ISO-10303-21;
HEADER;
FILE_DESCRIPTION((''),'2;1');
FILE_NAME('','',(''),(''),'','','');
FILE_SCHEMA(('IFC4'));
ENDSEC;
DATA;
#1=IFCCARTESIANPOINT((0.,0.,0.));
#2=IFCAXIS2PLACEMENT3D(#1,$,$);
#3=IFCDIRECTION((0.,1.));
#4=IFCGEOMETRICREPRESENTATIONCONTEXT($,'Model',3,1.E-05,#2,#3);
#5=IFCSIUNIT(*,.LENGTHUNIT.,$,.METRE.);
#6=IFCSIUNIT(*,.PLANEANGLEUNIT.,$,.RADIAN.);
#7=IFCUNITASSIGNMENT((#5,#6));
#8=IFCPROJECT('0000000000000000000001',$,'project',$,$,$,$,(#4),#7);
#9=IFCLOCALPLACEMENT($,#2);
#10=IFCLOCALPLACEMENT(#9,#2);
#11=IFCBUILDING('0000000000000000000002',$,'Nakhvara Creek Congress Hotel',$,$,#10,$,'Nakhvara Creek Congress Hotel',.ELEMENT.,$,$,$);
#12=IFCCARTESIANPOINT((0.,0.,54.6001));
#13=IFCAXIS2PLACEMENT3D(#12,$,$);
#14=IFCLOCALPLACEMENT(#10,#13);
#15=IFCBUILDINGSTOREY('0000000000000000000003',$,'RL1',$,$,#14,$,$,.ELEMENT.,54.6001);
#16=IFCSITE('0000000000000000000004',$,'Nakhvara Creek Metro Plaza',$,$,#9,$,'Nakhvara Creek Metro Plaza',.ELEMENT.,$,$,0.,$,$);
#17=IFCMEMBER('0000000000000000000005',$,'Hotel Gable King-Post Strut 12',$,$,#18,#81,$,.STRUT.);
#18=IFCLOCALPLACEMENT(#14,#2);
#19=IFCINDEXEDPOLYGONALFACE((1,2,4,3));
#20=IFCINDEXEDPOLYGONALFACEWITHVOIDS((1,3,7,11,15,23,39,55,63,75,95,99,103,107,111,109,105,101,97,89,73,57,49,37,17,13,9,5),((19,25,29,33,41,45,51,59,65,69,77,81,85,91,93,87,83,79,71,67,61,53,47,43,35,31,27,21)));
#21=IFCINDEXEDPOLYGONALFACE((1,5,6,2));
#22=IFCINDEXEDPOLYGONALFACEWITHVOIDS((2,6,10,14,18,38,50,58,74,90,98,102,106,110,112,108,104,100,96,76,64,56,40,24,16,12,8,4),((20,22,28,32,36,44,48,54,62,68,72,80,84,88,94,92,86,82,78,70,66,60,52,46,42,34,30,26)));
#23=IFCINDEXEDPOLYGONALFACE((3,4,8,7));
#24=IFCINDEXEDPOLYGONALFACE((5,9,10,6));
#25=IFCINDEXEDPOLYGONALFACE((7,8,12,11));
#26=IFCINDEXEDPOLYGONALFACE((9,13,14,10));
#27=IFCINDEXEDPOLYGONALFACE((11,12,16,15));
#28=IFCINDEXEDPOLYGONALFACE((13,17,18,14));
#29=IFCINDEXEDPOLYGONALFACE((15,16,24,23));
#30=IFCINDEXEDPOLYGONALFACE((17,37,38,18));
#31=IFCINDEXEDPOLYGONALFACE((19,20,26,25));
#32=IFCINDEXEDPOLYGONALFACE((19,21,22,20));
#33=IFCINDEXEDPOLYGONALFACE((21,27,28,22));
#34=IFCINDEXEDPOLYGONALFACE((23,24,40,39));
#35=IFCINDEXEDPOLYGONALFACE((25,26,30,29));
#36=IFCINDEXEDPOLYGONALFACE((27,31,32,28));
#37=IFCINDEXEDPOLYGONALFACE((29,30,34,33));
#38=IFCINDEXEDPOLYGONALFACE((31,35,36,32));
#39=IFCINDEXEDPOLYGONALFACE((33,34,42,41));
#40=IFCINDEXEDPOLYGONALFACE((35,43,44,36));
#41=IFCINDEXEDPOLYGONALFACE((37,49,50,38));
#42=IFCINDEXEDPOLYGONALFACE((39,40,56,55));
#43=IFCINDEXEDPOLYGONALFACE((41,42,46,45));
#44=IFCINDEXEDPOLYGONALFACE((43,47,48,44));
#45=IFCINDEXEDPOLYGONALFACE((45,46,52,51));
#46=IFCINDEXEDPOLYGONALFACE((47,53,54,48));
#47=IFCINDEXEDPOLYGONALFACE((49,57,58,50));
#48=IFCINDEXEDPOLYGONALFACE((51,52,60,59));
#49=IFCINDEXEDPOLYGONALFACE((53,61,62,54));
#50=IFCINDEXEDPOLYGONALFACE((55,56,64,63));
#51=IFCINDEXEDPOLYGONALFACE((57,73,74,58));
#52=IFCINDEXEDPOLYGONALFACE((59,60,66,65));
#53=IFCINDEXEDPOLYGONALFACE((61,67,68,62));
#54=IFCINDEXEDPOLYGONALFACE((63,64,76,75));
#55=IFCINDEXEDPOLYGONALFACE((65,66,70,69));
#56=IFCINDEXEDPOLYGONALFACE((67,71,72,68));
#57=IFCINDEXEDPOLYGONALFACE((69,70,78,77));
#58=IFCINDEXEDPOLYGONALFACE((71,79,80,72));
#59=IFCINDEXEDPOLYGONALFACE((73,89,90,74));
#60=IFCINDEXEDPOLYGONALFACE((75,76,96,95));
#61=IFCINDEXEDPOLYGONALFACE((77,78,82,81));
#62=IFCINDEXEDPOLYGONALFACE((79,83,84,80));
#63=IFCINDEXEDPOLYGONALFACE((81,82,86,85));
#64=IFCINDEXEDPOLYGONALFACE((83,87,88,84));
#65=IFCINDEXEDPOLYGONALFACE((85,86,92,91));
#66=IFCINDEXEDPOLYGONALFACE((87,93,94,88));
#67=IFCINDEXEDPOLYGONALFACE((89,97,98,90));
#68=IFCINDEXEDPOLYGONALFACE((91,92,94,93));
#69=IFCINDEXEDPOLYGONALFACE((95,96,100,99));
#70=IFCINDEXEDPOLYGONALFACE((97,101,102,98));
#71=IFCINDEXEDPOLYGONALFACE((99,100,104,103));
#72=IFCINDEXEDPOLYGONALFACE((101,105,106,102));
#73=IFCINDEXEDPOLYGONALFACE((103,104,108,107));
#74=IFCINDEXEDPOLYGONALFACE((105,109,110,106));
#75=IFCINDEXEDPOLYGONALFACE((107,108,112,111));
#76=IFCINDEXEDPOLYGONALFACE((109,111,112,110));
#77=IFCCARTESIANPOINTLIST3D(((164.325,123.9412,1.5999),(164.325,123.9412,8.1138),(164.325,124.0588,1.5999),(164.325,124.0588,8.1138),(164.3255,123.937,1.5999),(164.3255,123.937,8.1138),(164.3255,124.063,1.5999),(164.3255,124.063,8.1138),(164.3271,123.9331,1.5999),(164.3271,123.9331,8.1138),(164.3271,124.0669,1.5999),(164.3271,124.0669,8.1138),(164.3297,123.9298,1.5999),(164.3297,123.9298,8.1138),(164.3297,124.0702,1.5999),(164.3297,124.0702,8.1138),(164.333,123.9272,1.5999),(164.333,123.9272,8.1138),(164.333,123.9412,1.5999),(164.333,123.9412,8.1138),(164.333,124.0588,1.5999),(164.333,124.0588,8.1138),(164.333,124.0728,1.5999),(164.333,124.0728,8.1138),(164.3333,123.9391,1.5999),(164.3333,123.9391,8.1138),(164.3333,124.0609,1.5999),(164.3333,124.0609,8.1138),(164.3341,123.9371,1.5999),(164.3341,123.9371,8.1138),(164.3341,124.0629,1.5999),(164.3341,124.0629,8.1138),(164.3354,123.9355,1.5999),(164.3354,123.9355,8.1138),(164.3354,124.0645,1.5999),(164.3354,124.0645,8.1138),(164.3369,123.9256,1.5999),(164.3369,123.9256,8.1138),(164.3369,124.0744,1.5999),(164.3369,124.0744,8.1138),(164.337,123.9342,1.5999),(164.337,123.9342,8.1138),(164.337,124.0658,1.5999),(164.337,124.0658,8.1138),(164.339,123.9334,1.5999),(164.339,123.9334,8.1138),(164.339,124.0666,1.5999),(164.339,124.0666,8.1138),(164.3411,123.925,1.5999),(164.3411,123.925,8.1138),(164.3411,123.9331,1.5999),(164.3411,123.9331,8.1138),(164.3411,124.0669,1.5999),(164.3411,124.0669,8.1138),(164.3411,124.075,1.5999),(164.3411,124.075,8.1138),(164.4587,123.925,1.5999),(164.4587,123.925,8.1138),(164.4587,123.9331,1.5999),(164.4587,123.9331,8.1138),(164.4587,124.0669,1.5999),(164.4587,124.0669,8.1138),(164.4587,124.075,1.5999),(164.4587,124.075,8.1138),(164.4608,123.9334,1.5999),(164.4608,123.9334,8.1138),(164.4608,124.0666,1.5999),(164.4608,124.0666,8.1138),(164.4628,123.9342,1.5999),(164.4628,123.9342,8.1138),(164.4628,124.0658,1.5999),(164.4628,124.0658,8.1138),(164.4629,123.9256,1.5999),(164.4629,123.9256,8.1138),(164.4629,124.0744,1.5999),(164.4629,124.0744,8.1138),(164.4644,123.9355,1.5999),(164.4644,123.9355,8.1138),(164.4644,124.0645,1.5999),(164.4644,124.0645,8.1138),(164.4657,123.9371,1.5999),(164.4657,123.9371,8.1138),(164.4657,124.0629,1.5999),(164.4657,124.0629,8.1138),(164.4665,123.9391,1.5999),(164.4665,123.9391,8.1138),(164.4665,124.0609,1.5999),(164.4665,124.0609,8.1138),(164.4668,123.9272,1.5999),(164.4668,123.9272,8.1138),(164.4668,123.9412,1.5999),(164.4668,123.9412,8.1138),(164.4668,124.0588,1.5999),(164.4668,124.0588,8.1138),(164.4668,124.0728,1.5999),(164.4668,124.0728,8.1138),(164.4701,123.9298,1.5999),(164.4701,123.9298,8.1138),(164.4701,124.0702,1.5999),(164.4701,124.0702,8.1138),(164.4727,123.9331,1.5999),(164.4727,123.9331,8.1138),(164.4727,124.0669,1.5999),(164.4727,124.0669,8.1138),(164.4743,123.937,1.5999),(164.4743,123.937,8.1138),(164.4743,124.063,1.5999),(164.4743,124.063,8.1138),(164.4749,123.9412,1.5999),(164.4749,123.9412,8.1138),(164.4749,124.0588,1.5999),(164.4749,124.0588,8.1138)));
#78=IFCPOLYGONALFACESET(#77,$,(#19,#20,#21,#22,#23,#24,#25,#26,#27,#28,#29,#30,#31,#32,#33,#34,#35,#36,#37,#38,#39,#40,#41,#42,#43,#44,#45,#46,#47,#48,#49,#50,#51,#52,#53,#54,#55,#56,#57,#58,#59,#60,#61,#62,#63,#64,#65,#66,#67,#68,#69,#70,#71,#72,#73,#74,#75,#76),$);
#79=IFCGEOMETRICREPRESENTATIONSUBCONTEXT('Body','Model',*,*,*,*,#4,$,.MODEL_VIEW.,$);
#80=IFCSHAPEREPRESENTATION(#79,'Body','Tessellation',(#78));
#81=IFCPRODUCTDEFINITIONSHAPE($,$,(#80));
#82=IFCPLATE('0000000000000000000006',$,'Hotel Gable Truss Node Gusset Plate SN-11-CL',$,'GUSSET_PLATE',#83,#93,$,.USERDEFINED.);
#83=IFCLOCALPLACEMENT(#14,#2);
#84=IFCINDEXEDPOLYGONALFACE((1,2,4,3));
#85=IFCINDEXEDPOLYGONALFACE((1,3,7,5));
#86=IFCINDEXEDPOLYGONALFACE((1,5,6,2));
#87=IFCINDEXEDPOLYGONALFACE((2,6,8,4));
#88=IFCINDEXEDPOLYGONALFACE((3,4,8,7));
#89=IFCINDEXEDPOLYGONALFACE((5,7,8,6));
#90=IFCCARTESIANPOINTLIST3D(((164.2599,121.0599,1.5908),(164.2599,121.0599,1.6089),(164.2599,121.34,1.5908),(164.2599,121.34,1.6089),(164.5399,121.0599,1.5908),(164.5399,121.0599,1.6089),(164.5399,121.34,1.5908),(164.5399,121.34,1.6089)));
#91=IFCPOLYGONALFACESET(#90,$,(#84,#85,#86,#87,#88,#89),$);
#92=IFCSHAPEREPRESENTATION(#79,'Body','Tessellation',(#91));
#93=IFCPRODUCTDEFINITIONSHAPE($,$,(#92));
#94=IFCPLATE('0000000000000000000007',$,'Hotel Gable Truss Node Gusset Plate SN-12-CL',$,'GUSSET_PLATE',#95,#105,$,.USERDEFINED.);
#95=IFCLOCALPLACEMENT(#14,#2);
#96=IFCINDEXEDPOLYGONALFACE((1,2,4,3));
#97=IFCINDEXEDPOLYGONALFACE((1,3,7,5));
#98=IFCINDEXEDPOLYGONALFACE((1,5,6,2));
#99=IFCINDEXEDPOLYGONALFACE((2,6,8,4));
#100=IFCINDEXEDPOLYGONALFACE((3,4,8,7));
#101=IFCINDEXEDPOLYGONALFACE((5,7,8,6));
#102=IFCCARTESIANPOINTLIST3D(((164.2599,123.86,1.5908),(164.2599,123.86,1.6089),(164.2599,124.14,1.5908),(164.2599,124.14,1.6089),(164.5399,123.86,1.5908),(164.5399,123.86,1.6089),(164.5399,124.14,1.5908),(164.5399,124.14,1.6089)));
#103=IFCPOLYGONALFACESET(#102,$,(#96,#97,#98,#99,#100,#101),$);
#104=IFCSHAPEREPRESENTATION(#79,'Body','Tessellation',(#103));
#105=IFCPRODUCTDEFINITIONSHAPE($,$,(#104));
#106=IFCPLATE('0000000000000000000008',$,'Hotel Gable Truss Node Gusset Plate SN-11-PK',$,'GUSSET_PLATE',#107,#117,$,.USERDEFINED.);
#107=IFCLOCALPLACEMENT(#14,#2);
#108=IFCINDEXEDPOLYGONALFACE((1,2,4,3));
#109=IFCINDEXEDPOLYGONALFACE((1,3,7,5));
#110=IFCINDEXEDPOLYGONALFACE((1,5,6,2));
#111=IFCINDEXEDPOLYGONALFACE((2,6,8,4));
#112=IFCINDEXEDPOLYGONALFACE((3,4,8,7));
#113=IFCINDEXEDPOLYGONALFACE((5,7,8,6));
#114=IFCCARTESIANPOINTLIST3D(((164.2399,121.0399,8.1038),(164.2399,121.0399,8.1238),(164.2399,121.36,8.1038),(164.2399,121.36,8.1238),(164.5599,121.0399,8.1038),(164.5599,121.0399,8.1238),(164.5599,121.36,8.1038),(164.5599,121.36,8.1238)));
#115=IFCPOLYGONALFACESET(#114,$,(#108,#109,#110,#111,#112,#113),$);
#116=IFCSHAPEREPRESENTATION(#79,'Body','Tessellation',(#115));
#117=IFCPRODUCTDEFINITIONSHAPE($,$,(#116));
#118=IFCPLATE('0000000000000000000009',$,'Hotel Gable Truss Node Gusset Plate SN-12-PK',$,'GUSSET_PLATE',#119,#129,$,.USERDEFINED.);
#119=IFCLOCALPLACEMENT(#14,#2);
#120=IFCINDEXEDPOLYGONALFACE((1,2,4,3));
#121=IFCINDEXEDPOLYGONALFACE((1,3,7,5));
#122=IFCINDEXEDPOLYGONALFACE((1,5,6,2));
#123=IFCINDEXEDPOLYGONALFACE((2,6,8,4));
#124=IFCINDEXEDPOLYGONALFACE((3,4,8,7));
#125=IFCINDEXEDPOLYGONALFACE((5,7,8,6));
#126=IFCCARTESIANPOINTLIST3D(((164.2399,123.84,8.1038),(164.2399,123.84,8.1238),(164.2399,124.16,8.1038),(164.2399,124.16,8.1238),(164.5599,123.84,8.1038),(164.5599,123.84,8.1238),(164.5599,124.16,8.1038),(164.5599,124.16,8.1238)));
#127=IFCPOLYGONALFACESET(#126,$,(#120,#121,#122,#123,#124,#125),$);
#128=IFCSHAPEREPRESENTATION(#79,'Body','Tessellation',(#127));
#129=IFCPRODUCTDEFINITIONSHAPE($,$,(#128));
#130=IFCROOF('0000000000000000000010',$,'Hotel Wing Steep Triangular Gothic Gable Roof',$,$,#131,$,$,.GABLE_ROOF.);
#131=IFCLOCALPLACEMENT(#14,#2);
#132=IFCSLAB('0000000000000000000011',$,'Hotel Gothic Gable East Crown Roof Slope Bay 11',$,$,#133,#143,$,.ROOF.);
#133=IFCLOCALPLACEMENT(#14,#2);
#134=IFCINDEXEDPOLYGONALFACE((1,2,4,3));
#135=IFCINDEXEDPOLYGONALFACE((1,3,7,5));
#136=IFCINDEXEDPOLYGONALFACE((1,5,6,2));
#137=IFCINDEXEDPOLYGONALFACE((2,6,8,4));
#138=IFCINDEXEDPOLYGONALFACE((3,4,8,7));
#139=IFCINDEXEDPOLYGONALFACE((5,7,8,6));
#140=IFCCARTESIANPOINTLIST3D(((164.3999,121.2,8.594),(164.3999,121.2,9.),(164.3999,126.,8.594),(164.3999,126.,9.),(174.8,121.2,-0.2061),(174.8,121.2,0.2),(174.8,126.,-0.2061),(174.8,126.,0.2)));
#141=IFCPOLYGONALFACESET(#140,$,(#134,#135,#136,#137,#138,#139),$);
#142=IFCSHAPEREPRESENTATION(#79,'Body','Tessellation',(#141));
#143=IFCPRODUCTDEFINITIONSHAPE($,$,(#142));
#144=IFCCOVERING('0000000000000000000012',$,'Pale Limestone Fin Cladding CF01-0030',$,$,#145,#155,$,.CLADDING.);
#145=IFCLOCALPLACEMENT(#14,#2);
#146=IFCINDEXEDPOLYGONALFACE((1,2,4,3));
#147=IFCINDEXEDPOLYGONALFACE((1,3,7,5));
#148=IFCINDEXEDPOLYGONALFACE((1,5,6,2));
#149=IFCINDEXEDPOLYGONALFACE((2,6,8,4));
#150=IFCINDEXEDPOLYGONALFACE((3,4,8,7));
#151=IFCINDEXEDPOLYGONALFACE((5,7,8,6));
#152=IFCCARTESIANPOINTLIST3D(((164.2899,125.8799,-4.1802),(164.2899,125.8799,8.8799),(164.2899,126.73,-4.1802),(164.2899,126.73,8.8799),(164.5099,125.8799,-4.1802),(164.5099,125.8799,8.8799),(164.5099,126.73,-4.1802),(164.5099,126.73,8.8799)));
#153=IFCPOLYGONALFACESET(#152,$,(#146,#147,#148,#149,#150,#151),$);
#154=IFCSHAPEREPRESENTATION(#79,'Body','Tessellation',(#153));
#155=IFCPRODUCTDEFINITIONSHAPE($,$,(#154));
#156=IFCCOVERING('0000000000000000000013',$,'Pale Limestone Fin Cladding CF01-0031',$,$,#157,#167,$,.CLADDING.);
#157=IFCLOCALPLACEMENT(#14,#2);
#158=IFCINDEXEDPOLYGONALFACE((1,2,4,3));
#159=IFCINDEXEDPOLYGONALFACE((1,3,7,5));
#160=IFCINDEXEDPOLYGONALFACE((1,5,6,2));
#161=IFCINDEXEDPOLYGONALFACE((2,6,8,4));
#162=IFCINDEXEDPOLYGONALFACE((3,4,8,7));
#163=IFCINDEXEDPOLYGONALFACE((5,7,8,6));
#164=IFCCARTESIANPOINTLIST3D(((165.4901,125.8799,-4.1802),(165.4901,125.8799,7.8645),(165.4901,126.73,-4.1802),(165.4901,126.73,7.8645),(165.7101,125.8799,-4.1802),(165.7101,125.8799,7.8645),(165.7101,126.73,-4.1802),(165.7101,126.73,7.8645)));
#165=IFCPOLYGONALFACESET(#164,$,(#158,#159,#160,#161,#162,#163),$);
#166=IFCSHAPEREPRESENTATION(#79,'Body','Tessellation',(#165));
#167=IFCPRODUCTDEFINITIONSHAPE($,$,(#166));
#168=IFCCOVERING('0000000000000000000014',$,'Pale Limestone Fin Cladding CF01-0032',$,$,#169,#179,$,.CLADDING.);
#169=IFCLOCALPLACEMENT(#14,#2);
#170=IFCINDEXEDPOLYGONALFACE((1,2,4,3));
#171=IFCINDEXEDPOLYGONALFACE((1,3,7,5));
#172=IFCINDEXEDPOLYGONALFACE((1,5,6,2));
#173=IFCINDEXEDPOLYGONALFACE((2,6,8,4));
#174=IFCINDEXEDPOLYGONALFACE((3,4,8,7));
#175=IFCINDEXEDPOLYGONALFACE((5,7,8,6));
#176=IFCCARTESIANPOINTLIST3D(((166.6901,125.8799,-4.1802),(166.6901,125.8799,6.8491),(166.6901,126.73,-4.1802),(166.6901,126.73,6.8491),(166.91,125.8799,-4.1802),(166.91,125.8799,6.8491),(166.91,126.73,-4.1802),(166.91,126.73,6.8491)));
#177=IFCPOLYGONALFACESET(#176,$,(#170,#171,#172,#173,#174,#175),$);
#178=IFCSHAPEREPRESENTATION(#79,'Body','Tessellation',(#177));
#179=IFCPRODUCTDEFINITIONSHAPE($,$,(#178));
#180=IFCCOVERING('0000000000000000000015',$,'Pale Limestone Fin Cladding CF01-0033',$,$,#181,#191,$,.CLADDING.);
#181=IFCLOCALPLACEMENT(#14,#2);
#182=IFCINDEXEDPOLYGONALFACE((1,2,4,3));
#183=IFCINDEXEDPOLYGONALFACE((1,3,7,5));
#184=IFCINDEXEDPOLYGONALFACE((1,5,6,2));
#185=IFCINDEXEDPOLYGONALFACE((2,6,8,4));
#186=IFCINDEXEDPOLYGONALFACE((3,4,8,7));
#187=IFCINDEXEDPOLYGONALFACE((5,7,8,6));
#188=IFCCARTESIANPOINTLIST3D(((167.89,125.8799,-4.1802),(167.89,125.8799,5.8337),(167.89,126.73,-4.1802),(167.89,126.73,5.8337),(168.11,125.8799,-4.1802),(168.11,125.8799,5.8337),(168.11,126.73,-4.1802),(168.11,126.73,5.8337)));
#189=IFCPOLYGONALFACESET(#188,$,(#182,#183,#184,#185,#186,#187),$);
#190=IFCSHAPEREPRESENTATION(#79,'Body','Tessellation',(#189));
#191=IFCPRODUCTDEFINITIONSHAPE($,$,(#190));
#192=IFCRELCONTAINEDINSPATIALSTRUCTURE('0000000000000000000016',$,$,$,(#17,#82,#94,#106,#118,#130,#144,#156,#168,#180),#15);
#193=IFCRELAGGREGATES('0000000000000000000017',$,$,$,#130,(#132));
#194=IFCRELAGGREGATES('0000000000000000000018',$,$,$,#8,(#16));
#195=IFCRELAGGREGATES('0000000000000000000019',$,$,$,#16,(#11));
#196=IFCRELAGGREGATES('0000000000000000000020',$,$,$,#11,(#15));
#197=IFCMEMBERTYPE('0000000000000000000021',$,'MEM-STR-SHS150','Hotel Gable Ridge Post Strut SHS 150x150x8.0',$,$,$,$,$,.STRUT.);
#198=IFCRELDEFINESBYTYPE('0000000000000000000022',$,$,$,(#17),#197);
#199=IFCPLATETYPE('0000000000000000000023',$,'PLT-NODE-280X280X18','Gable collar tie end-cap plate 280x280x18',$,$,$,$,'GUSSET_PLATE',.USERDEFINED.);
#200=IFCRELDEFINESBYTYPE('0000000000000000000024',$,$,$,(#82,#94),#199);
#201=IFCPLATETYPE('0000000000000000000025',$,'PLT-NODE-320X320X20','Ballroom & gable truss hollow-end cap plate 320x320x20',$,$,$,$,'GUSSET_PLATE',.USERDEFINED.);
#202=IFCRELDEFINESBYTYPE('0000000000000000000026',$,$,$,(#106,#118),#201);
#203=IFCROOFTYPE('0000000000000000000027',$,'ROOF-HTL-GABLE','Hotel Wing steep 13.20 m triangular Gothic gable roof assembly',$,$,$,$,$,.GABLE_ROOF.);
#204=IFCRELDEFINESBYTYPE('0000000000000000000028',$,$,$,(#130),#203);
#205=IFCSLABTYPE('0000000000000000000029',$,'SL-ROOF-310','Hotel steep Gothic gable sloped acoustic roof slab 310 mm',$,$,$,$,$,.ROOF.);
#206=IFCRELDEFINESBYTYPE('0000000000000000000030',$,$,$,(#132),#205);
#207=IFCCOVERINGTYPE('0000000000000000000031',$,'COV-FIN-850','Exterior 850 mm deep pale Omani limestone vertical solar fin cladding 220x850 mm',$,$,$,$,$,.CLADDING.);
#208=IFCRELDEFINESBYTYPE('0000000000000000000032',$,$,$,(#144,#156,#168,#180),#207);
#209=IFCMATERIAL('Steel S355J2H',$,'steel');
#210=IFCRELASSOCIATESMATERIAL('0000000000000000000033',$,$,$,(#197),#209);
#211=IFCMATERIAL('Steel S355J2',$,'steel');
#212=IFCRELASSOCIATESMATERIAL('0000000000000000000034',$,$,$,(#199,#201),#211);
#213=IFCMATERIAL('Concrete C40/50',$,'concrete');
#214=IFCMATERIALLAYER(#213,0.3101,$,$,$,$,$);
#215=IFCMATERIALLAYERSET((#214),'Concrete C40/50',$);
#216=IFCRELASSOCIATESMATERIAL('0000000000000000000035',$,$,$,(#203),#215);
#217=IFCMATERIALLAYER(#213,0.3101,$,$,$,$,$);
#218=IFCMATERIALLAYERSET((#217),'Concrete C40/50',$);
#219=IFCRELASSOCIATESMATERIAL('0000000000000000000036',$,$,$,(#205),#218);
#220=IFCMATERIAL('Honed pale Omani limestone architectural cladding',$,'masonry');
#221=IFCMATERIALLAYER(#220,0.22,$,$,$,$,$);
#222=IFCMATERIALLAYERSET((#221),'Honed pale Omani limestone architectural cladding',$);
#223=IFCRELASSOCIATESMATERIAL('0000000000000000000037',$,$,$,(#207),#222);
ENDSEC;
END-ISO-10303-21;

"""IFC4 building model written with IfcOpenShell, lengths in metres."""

from ifc_helpers import new_model, si_unit, direction, frame, origin, origin_2d, place, context, subcontext, project, spatial, polyline, rectangle, hollow_rectangle, outline, extrude, material, layer, layer_set, material_profile, profile_set, type_object, element, aggregate, save


model = new_model("IFC4")

# Units and contexts
model_context = context("Model", 3, precision=1e-05, world=origin(), true_north=direction((0.0, 1.0)))
body_context = subcontext(model_context, "Body", "Model", "MODEL_VIEW")
ifc_project = project(units=[si_unit("LENGTHUNIT", "METRE"), si_unit("PLANEANGLEUNIT", "RADIAN")], contexts=[model_context])

# Site, building, storey
site_placement = place(None, origin())
site = spatial("IfcSite", under=ifc_project, at=site_placement, Name="Nakhvara Creek Metro Plaza", LongName="Nakhvara Creek Metro Plaza", CompositionType="ELEMENT", RefElevation=0.0)
building_placement = place(site_placement, origin())
building = spatial("IfcBuilding", under=site, at=building_placement, Name="Nakhvara Creek Congress Hotel", LongName="Nakhvara Creek Congress Hotel", CompositionType="ELEMENT")
storey_placement = place(building_placement, frame((0.0, 0.0, 54.6001)))
storey = spatial("IfcBuildingStorey", under=building, at=storey_placement, Name="RL1", CompositionType="ELEMENT", Elevation=54.6001)

# Shared definitions
ifc_material_1 = material(Name="Steel S355J2", Category="steel")

# Member
ifc_material_2 = material(Name="Steel S355J2H", Category="steel")
ifc_material_profile_1 = material_profile(ifc_material_2, hollow_rectangle(XDim=0.1499, YDim=0.1499, WallThickness=0.0081, InnerFilletRadius=0.0081, OuterFilletRadius=0.0161, at=origin_2d()), Name="SHS 150x150x8.0", Category="LoadBearing")
ifc_profile_set_1 = profile_set([ifc_material_profile_1], Name="Steel S355J2H")
member_type_1 = type_object("IfcMemberType", Name="MEM-STR-SHS150", Description="Hotel Gable Ridge Post Strut SHS 150x150x8.0", PredefinedType="STRUT", material=ifc_profile_set_1)
for number, where, z_axis, x_axis, name in (
    (1, (164.3999, 124.0, 1.5999), (0.0, 0.0, 1.0), (1.0, 0.0, 0.0), "Hotel Gable King-Post Strut 12"),
):
    element("IfcMember", number, at=place(storey_placement, frame(where, z_axis=z_axis, x_axis=x_axis)), inside=storey, type_object=member_type_1, Name=name, PredefinedType="STRUT", context=body_context, shape_type="SweptSolid", body=[
        extrude(hollow_rectangle(XDim=0.1499, YDim=0.1499, WallThickness=0.0081, InnerFilletRadius=0.0081, OuterFilletRadius=0.0161, at=origin_2d()), origin(), (0.0, 0.0, 1.0), 6.5139),
    ])

# Plates
plate_type_1 = type_object("IfcPlateType", Name="PLT-NODE-280X280X18", Description="Gable collar tie end-cap plate 280x280x18", ElementType="GUSSET_PLATE", PredefinedType="USERDEFINED", material=ifc_material_1)
for number, where, z_axis, x_axis, name in (
    (2, (164.3999, 121.2, 1.5908), (0.0, 0.0, 1.0), (1.0, 0.0, 0.0), "Hotel Gable Truss Node Gusset Plate SN-11-CL"),
    (3, (164.3999, 124.0, 1.5908), (0.0, 0.0, 1.0), (1.0, 0.0, 0.0), "Hotel Gable Truss Node Gusset Plate SN-12-CL"),
):
    element("IfcPlate", number, at=place(storey_placement, frame(where, z_axis=z_axis, x_axis=x_axis)), inside=storey, type_object=plate_type_1, Name=name, ObjectType="GUSSET_PLATE", PredefinedType="USERDEFINED", context=body_context, shape_type="SweptSolid", body=[
        extrude(rectangle(XDim=0.28, YDim=0.28, at=origin_2d()), origin(), (0.0, 0.0, 1.0), 0.0181),
    ])
plate_type_2 = type_object("IfcPlateType", Name="PLT-NODE-320X320X20", Description="Ballroom & gable truss hollow-end cap plate 320x320x20", ElementType="GUSSET_PLATE", PredefinedType="USERDEFINED", material=ifc_material_1)
for number, where, z_axis, x_axis, name in (
    (4, (164.3999, 121.2, 8.1038), (0.0, 0.0, 1.0), (1.0, 0.0, 0.0), "Hotel Gable Truss Node Gusset Plate SN-11-PK"),
    (5, (164.3999, 124.0, 8.1038), (0.0, 0.0, 1.0), (1.0, 0.0, 0.0), "Hotel Gable Truss Node Gusset Plate SN-12-PK"),
):
    element("IfcPlate", number, at=place(storey_placement, frame(where, z_axis=z_axis, x_axis=x_axis)), inside=storey, type_object=plate_type_2, Name=name, ObjectType="GUSSET_PLATE", PredefinedType="USERDEFINED", context=body_context, shape_type="SweptSolid", body=[
        extrude(rectangle(XDim=0.3201, YDim=0.3201, at=origin_2d()), origin(), (0.0, 0.0, 1.0), 0.02),
    ])

# Roof, slab
ifc_material_3 = material(Name="Concrete C40/50", Category="concrete")
ifc_layer_1 = layer(ifc_material_3, 0.3101)
ifc_layer_set_1 = layer_set([ifc_layer_1], Name="Concrete C40/50")
roof_type = type_object("IfcRoofType", Name="ROOF-HTL-GABLE", Description="Hotel Wing steep 13.20 m triangular Gothic gable roof assembly", PredefinedType="GABLE_ROOF", material=ifc_layer_set_1)
roof_placement = place(storey_placement, origin())
roof = element("IfcRoof", 6, at=roof_placement, inside=storey, type_object=roof_type, Name="Hotel Wing Steep Triangular Gothic Gable Roof", PredefinedType="GABLE_ROOF")
ifc_layer_2 = layer(ifc_material_3, 0.3101)
ifc_layer_set_2 = layer_set([ifc_layer_2], Name="Concrete C40/50")
slab_type = type_object("IfcSlabType", Name="SL-ROOF-310", Description="Hotel steep Gothic gable sloped acoustic roof slab 310 mm", PredefinedType="ROOF", material=ifc_layer_set_2)
slab_placement = place(storey_placement, frame((164.3999, 121.2, 9.0), z_axis=(0.0, 0.0, 1.0), x_axis=(1.0, 0.0, 0.0)))
slab = element("IfcSlab", 7, at=slab_placement, type_object=slab_type, Name="Hotel Gothic Gable East Crown Roof Slope Bay 11", PredefinedType="ROOF", context=body_context, shape_type="SweptSolid", body=[
    extrude(outline(polyline([(0.0, 0.0), (10.4001, -8.8), (10.4001, -9.2061), (0.0, -0.406), (0.0, 0.0)])), frame((0.0, 4.8, 0.0), z_axis=(0.0, -1.0, 0.0), x_axis=(1.0, 0.0, 0.0)), (0.0, 0.0, 1.0), 4.8),
])
aggregate(roof, [slab])

# Coverings
ifc_material_4 = material(Name="Honed pale Omani limestone architectural cladding", Category="masonry")
ifc_layer_3 = layer(ifc_material_4, 0.22)
ifc_layer_set_3 = layer_set([ifc_layer_3], Name="Honed pale Omani limestone architectural cladding")
covering_type = type_object("IfcCoveringType", Name="COV-FIN-850", Description="Exterior 850 mm deep pale Omani limestone vertical solar fin cladding 220x850 mm", PredefinedType="CLADDING", material=ifc_layer_set_3)
covering_1_placement = place(storey_placement, frame((164.3999, 126.3049, -4.1802), z_axis=(0.0, 0.0, 1.0), x_axis=(1.0, 0.0, 0.0)))
element("IfcCovering", 8, at=covering_1_placement, inside=storey, type_object=covering_type, Name="Pale Limestone Fin Cladding CF01-0030", PredefinedType="CLADDING", context=body_context, shape_type="SweptSolid", body=[
    extrude(rectangle(XDim=0.22, YDim=0.8501, at=origin_2d()), origin(), (0.0, 0.0, 1.0), 13.0601),
])
covering_2_placement = place(storey_placement, frame((165.6001, 126.3049, -4.1802), z_axis=(0.0, 0.0, 1.0), x_axis=(1.0, 0.0, 0.0)))
element("IfcCovering", 9, at=covering_2_placement, inside=storey, type_object=covering_type, Name="Pale Limestone Fin Cladding CF01-0031", PredefinedType="CLADDING", context=body_context, shape_type="SweptSolid", body=[
    extrude(rectangle(XDim=0.22, YDim=0.8501, at=origin_2d()), origin(), (0.0, 0.0, 1.0), 12.0447),
])
covering_3_placement = place(storey_placement, frame((166.8, 126.3049, -4.1802), z_axis=(0.0, 0.0, 1.0), x_axis=(1.0, 0.0, 0.0)))
element("IfcCovering", 10, at=covering_3_placement, inside=storey, type_object=covering_type, Name="Pale Limestone Fin Cladding CF01-0032", PredefinedType="CLADDING", context=body_context, shape_type="SweptSolid", body=[
    extrude(rectangle(XDim=0.22, YDim=0.8501, at=origin_2d()), origin(), (0.0, 0.0, 1.0), 11.0293),
])
covering_4_placement = place(storey_placement, frame((168.0, 126.3049, -4.1802), z_axis=(0.0, 0.0, 1.0), x_axis=(1.0, 0.0, 0.0)))
element("IfcCovering", 11, at=covering_4_placement, inside=storey, type_object=covering_type, Name="Pale Limestone Fin Cladding CF01-0033", PredefinedType="CLADDING", context=body_context, shape_type="SweptSolid", body=[
    extrude(rectangle(XDim=0.22, YDim=0.8501, at=origin_2d()), origin(), (0.0, 0.0, 1.0), 10.0139),
])

save(model, "model.ifc")
